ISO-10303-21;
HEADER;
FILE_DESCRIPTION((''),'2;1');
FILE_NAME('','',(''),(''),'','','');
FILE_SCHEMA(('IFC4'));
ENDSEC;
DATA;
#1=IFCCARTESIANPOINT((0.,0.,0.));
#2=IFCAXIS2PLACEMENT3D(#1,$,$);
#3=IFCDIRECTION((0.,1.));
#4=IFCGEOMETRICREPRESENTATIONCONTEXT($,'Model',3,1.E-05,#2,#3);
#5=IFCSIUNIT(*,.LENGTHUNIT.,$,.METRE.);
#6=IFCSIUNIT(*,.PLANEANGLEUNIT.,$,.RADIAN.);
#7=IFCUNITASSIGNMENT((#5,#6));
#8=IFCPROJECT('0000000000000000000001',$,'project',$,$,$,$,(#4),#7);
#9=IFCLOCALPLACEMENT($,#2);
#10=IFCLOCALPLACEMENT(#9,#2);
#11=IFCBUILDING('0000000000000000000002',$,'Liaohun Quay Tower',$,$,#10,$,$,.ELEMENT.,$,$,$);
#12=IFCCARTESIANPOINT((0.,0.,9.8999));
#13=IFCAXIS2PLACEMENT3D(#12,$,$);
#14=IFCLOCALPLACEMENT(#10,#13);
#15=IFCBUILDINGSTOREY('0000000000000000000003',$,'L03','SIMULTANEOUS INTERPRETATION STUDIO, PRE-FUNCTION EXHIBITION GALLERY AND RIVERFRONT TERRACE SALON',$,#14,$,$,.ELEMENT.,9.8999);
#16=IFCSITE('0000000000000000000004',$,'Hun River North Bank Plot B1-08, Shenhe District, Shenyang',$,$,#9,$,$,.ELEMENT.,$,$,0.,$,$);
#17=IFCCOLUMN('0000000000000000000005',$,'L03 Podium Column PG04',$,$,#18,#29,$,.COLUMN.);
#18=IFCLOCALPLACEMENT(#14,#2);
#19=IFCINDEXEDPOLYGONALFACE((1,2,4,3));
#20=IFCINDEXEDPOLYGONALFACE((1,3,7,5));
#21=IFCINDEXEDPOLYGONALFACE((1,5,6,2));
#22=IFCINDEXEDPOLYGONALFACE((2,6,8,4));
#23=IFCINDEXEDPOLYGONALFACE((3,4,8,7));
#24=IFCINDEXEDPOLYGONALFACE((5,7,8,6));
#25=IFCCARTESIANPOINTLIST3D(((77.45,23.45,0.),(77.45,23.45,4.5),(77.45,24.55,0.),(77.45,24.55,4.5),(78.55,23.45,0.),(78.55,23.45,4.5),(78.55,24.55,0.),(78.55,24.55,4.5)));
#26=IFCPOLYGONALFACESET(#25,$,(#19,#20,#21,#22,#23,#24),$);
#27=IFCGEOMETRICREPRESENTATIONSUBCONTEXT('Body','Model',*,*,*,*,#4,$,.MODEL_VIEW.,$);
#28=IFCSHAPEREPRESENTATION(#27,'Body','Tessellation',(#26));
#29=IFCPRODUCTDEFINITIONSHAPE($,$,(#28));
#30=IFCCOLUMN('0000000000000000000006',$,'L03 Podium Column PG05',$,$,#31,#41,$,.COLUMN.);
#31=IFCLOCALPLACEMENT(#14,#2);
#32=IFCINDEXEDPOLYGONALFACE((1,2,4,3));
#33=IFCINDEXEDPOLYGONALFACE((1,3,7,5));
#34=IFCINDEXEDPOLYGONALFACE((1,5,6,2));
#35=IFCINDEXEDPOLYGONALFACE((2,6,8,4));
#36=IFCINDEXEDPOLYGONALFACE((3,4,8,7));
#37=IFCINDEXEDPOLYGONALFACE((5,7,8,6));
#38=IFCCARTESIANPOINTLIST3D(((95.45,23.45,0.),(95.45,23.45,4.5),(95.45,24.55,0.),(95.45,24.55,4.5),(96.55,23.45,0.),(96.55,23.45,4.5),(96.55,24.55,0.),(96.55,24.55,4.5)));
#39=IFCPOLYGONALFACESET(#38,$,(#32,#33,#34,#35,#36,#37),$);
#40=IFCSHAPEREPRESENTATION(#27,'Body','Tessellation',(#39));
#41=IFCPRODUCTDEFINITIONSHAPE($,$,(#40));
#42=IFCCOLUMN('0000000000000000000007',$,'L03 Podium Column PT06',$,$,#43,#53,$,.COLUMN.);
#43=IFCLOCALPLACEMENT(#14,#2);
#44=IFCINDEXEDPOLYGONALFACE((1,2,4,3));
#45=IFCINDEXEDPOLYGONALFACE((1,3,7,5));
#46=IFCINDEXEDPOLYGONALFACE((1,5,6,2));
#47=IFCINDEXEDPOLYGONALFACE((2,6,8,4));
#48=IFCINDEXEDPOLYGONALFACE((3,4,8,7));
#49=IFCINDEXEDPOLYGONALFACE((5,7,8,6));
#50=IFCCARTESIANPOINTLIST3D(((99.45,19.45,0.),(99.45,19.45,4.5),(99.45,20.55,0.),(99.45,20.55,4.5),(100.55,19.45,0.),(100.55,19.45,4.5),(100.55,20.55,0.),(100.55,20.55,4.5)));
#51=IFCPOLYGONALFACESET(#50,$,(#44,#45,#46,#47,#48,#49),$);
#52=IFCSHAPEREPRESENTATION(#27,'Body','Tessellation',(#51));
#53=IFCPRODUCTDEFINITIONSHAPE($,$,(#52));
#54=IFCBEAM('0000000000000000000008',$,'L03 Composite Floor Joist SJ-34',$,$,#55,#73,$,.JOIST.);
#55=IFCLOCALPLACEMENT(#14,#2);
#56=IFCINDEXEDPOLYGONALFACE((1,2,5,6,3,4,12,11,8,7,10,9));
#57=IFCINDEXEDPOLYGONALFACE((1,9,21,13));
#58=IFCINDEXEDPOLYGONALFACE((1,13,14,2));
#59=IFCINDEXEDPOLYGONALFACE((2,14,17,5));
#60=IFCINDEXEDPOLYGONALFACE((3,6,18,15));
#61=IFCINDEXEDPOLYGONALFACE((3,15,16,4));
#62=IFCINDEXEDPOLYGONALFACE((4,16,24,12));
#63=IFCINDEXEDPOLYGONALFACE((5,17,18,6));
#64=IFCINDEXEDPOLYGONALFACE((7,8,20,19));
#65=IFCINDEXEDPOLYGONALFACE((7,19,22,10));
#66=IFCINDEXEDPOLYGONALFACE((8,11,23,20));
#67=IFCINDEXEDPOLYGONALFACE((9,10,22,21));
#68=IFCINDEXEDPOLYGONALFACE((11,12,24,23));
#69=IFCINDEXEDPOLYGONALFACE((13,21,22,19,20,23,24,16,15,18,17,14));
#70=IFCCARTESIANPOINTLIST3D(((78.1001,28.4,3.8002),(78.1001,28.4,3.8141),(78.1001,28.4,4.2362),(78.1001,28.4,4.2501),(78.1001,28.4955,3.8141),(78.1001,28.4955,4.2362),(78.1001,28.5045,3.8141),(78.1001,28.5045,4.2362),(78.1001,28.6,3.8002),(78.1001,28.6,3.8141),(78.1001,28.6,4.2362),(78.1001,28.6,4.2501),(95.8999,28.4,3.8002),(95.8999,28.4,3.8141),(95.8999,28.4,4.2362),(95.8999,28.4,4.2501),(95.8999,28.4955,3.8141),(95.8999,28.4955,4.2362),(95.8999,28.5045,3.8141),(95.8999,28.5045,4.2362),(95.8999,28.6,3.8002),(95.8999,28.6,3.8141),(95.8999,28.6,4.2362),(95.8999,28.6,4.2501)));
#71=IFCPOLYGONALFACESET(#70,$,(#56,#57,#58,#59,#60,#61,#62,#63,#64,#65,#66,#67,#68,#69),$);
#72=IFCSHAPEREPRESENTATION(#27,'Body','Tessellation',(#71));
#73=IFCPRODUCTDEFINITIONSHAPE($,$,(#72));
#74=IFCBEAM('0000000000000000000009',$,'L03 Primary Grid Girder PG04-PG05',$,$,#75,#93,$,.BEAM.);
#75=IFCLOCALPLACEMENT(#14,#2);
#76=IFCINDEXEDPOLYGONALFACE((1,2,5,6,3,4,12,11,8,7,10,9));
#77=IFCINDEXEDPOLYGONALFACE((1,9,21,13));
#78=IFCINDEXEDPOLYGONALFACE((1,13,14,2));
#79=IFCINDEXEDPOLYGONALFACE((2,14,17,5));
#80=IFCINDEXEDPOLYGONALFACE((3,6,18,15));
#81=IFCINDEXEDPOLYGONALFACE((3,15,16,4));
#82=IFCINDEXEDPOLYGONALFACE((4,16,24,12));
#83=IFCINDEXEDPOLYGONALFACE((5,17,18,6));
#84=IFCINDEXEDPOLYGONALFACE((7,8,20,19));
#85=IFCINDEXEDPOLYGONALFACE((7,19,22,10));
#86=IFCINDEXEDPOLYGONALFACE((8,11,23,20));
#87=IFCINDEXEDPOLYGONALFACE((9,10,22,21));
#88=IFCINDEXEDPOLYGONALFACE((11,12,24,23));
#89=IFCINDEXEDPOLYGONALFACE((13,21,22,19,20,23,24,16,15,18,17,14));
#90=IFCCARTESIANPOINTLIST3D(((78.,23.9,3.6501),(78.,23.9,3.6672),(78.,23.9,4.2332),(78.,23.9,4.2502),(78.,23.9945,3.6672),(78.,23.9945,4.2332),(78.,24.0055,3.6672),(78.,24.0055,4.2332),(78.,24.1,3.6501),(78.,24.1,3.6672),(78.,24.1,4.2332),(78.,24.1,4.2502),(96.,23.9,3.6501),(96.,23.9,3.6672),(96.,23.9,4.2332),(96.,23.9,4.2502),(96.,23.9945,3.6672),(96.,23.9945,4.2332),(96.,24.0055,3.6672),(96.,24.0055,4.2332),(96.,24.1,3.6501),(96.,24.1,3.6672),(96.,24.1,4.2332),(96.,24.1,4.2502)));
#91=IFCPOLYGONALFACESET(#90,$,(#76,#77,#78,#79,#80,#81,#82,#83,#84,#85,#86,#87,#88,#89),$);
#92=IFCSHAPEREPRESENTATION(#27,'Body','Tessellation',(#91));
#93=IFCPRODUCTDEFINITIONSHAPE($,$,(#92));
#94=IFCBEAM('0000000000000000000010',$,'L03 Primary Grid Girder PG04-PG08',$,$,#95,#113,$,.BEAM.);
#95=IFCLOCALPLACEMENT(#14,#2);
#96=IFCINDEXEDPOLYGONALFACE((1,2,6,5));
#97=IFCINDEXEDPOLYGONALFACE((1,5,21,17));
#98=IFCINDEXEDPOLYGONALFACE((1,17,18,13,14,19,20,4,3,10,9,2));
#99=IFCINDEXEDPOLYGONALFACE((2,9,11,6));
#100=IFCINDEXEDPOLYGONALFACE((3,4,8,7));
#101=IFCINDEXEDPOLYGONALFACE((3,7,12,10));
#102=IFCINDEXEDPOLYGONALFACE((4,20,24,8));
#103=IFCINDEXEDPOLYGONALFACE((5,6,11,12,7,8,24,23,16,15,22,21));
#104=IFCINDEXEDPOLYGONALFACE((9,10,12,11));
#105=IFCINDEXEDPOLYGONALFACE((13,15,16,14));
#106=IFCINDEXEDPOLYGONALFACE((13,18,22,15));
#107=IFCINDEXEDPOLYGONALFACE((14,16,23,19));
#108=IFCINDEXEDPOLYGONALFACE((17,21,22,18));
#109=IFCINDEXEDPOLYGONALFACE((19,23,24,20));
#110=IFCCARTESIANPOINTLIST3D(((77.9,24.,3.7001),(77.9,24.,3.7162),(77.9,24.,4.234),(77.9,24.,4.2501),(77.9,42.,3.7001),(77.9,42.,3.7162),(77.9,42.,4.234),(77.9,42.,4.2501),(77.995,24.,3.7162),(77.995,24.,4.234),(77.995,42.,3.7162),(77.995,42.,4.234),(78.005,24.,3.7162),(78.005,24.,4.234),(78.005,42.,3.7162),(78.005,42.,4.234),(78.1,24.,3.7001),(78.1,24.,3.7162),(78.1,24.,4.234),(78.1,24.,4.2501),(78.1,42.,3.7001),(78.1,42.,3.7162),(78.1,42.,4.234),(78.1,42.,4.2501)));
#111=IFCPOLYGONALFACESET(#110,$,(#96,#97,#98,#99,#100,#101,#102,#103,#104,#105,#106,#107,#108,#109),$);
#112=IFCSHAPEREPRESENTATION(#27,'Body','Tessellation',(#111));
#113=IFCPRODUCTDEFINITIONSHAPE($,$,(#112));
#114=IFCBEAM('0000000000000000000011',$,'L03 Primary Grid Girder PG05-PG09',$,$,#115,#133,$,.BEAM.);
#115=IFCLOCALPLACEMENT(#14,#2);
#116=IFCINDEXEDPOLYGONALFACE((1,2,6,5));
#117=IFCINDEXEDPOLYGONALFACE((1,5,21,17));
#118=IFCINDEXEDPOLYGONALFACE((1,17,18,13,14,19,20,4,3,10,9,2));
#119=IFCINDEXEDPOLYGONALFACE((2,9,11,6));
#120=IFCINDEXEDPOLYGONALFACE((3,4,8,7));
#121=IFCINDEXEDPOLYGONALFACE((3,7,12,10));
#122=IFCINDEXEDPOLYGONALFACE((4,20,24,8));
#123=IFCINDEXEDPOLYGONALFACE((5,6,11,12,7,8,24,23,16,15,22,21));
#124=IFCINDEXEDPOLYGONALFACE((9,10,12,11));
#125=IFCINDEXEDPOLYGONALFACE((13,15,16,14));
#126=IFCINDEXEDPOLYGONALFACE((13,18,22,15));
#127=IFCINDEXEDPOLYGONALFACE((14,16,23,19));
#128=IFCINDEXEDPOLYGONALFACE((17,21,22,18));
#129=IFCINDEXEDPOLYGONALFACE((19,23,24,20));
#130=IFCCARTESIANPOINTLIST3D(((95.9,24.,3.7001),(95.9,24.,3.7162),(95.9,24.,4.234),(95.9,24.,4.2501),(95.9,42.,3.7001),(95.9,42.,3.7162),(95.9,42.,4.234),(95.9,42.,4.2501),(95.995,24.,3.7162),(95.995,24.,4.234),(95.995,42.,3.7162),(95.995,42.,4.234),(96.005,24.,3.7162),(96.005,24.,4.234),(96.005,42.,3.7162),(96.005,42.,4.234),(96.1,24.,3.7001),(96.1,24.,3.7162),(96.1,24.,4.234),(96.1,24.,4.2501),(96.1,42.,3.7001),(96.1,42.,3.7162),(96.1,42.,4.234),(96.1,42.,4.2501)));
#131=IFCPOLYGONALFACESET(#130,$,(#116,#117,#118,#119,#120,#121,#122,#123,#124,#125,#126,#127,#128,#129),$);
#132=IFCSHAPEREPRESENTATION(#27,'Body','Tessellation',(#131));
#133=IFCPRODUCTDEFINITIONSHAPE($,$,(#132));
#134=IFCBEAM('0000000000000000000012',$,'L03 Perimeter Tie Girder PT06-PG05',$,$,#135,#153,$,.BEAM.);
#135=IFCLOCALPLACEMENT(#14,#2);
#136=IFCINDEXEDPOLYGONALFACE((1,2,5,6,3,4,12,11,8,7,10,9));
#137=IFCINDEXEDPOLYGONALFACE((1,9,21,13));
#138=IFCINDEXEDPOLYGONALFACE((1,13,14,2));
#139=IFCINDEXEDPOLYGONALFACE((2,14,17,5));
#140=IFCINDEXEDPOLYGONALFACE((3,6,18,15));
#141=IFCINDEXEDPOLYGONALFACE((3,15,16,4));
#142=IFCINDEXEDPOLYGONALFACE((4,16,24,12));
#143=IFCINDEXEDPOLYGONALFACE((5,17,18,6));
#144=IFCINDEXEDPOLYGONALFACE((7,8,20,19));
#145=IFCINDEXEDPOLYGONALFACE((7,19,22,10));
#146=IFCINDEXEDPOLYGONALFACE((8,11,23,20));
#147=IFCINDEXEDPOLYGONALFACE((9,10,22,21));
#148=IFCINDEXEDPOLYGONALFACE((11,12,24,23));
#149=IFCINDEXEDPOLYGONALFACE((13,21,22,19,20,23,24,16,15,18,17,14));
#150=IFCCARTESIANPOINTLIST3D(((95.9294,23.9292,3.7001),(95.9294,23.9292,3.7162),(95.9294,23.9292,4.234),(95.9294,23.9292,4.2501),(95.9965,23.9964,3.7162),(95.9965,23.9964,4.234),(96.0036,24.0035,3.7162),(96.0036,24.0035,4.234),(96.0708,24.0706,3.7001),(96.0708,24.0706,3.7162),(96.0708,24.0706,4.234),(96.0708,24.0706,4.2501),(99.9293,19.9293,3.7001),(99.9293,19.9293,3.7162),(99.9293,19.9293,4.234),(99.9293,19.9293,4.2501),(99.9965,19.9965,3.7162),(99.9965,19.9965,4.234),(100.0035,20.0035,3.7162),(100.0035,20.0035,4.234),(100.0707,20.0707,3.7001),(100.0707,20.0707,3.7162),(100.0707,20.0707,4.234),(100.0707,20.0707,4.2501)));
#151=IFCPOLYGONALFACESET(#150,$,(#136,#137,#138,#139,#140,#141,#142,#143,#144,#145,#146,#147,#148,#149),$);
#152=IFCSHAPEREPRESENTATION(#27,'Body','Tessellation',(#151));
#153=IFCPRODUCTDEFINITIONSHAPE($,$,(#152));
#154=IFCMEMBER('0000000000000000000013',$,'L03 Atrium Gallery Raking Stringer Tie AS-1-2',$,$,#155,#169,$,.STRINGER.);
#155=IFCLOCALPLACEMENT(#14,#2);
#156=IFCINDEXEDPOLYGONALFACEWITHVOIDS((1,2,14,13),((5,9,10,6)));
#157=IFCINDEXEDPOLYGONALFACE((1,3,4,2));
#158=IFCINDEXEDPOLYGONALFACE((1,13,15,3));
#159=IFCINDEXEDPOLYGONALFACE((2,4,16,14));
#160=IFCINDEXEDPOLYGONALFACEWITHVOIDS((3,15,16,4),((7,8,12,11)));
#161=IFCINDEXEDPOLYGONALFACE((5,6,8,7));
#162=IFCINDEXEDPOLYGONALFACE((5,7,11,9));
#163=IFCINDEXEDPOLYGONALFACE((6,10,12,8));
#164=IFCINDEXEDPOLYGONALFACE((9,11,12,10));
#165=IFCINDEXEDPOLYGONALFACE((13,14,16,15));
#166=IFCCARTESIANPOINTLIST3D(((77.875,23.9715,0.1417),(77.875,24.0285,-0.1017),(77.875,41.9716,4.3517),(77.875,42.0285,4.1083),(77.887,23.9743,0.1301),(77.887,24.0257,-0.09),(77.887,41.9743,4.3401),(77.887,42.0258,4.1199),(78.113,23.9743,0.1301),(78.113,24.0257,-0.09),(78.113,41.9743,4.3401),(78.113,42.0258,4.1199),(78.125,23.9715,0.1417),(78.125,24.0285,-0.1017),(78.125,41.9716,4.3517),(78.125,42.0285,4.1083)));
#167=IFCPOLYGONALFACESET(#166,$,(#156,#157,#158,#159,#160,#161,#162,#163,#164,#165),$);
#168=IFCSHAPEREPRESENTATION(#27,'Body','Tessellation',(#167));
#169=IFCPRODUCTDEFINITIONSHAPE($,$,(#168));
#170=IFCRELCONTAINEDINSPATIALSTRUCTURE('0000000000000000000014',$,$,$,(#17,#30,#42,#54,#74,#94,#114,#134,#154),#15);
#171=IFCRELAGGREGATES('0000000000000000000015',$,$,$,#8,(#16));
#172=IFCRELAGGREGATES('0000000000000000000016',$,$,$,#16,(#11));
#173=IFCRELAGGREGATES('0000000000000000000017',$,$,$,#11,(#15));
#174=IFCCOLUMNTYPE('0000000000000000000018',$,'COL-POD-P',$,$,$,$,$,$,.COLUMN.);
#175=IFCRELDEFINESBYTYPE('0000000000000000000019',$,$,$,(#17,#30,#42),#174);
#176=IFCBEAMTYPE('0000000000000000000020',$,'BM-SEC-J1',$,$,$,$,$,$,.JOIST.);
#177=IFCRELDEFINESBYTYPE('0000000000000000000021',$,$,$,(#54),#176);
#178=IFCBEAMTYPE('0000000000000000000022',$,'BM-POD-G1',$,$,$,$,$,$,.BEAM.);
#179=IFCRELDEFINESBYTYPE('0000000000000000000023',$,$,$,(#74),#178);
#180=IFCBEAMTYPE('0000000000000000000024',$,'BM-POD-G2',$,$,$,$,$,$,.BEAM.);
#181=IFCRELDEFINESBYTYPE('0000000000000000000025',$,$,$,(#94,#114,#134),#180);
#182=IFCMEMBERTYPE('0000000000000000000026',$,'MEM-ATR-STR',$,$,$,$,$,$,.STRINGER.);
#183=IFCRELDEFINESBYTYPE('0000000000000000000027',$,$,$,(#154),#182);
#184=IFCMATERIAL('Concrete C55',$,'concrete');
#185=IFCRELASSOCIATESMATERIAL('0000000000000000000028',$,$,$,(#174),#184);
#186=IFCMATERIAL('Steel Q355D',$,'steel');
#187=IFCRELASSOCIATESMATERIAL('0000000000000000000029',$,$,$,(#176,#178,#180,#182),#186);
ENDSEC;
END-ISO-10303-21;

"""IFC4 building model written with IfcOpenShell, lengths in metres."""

from ifc_helpers import new_model, si_unit, direction, frame, origin, origin_2d, place, context, subcontext, project, spatial, rectangle, hollow_rectangle, i_section, extrude, source, transform, mapped, material, material_profile, profile_set, type_object, element, save


model = new_model("IFC4")

# Units and contexts
model_context = context("Model", 3, precision=1e-05, world=origin(), true_north=direction((0.0, 1.0)))
body_context = subcontext(model_context, "Body", "Model", "MODEL_VIEW")
ifc_project = project(units=[si_unit("LENGTHUNIT", "METRE"), si_unit("PLANEANGLEUNIT", "RADIAN")], contexts=[model_context])

# Site, building, storey
site_placement = place(None, origin())
site = spatial("IfcSite", under=ifc_project, at=site_placement, Name="Hun River North Bank Plot B1-08, Shenhe District, Shenyang", CompositionType="ELEMENT", RefElevation=0.0)
building_placement = place(site_placement, origin())
building = spatial("IfcBuilding", under=site, at=building_placement, Name="Liaohun Quay Tower", CompositionType="ELEMENT")
storey_placement = place(building_placement, frame((0.0, 0.0, 9.8999)))
storey = spatial("IfcBuildingStorey", under=building, at=storey_placement, Name="L03", Description="SIMULTANEOUS INTERPRETATION STUDIO, PRE-FUNCTION EXHIBITION GALLERY AND RIVERFRONT TERRACE SALON", CompositionType="ELEMENT", Elevation=9.8999)

# Columns
ifc_material_1 = material(Name="Concrete C55", Category="concrete")
ifc_material_profile_1 = material_profile(ifc_material_1, rectangle(XDim=1.1001, YDim=1.1001, at=origin_2d()), Name="RC1100x1100")
ifc_profile_set_1 = profile_set([ifc_material_profile_1], Name="Concrete C55")
column_type = type_object("IfcColumnType", Name="COL-POD-P", PredefinedType="COLUMN", material=ifc_profile_set_1)
shared_shape_1 = source(origin(), body_context, "Body", "SweptSolid", [
    extrude(rectangle(XDim=1.1001, YDim=1.1001, at=origin_2d()), origin(), (0.0, 0.0, 1.0), 4.5),
])
for number, where, z_axis, x_axis, name in (
    (1, (78.0, 24.0, 0.0), (0.0, 0.0, 1.0), (1.0, 0.0, 0.0), "L03 Podium Column PG04"),
    (2, (96.0, 24.0, 0.0), (0.0, 0.0, 1.0), (1.0, 0.0, 0.0), "L03 Podium Column PG05"),
    (3, (100.0, 20.0, 0.0), (0.0, 0.0, 1.0), (1.0, 0.0, 0.0), "L03 Podium Column PT06"),
):
    element("IfcColumn", number, at=place(storey_placement, frame(where, z_axis=z_axis, x_axis=x_axis)), inside=storey, type_object=column_type, Name=name, PredefinedType="COLUMN", context=body_context, shape_type="MappedRepresentation", body=[
        mapped(shared_shape_1, transform((0.0, 0.0, 0.0), x_axis=(1.0, 0.0, 0.0), y_axis=(0.0, 1.0, 0.0), z_axis=(0.0, 0.0, 1.0), scale=1.0)),
    ])

# Beams
ifc_material_2 = material(Name="Steel Q355D", Category="steel")
ifc_material_profile_2 = material_profile(ifc_material_2, i_section(OverallWidth=0.2, OverallDepth=0.45, WebThickness=0.009, FlangeThickness=0.0139, at=origin_2d()), Name="HN450x200x9x14")
ifc_profile_set_2 = profile_set([ifc_material_profile_2], Name="Steel Q355D")
beam_type_1 = type_object("IfcBeamType", Name="BM-SEC-J1", PredefinedType="JOIST", material=ifc_profile_set_2)
shared_shape_2 = source(origin(), body_context, "Body", "SweptSolid", [
    extrude(i_section(OverallWidth=0.2, OverallDepth=0.45, WebThickness=0.009, FlangeThickness=0.0139, at=origin_2d()), origin(), (0.0, 0.0, 1.0), 17.7998),
])
beam_1_placement = place(storey_placement, frame((78.1001, 28.5, 4.0251), z_axis=(1.0, 0.0, 0.0), x_axis=(0.0, 1.0, 0.0)))
element("IfcBeam", 4, at=beam_1_placement, inside=storey, type_object=beam_type_1, Name="L03 Composite Floor Joist SJ-34", PredefinedType="JOIST", context=body_context, shape_type="MappedRepresentation", body=[
    mapped(shared_shape_2, transform((0.0, 0.0, 0.0), x_axis=(1.0, 0.0, 0.0), y_axis=(0.0, 1.0, 0.0), z_axis=(0.0, 0.0, 1.0), scale=1.0)),
])
ifc_material_profile_3 = material_profile(ifc_material_2, i_section(OverallWidth=0.2, OverallDepth=0.6001, WebThickness=0.011, FlangeThickness=0.0171, at=origin_2d()), Name="HN600x200x11x17")
ifc_profile_set_3 = profile_set([ifc_material_profile_3], Name="Steel Q355D")
beam_type_2 = type_object("IfcBeamType", Name="BM-POD-G1", PredefinedType="BEAM", material=ifc_profile_set_3)
shared_shape_3 = source(origin(), body_context, "Body", "SweptSolid", [
    extrude(i_section(OverallWidth=0.2, OverallDepth=0.6001, WebThickness=0.011, FlangeThickness=0.0171, at=origin_2d()), origin(), (0.0, 0.0, 1.0), 18.0),
])
beam_2_placement = place(storey_placement, frame((78.0, 24.0, 3.9502), z_axis=(1.0, 0.0, 0.0), x_axis=(0.0, 1.0, 0.0)))
element("IfcBeam", 5, at=beam_2_placement, inside=storey, type_object=beam_type_2, Name="L03 Primary Grid Girder PG04-PG05", PredefinedType="BEAM", context=body_context, shape_type="MappedRepresentation", body=[
    mapped(shared_shape_3, transform((0.0, 0.0, 0.0), x_axis=(1.0, 0.0, 0.0), y_axis=(0.0, 1.0, 0.0), z_axis=(0.0, 0.0, 1.0), scale=1.0)),
])
ifc_material_profile_4 = material_profile(ifc_material_2, i_section(OverallWidth=0.2, OverallDepth=0.55, WebThickness=0.01, FlangeThickness=0.0161, at=origin_2d()), Name="HN550x200x10x16")
ifc_profile_set_4 = profile_set([ifc_material_profile_4], Name="Steel Q355D")
beam_type_3 = type_object("IfcBeamType", Name="BM-POD-G2", PredefinedType="BEAM", material=ifc_profile_set_4)
shared_shape_4 = source(origin(), body_context, "Body", "SweptSolid", [
    extrude(i_section(OverallWidth=0.2, OverallDepth=0.55, WebThickness=0.01, FlangeThickness=0.0161, at=origin_2d()), origin(), (0.0, 0.0, 1.0), 18.0),
])
for number, where, z_axis, x_axis, name in (
    (6, (78.0, 24.0, 3.9751), (0.0, 1.0, 0.0), (-1.0, 0.0, 0.0), "L03 Primary Grid Girder PG04-PG08"),
    (7, (96.0, 24.0, 3.9751), (0.0, 1.0, 0.0), (-1.0, 0.0, 0.0), "L03 Primary Grid Girder PG05-PG09"),
):
    element("IfcBeam", number, at=place(storey_placement, frame(where, z_axis=z_axis, x_axis=x_axis)), inside=storey, type_object=beam_type_3, Name=name, PredefinedType="BEAM", context=body_context, shape_type="MappedRepresentation", body=[
        mapped(shared_shape_4, transform((0.0, 0.0, 0.0), x_axis=(1.0, 0.0, 0.0), y_axis=(0.0, 1.0, 0.0), z_axis=(0.0, 0.0, 1.0), scale=1.0)),
    ])
shared_shape_5 = source(origin(), body_context, "Body", "SweptSolid", [
    extrude(i_section(OverallWidth=0.2, OverallDepth=0.55, WebThickness=0.01, FlangeThickness=0.0161, at=origin_2d()), origin(), (0.0, 0.0, 1.0), 5.6567),
])
beam_3_placement = place(storey_placement, frame((100.0, 20.0, 3.9751), z_axis=(-0.707107, 0.707107, 0.0), x_axis=(-0.707107, -0.707107, 0.0)))
element("IfcBeam", 8, at=beam_3_placement, inside=storey, type_object=beam_type_3, Name="L03 Perimeter Tie Girder PT06-PG05", PredefinedType="BEAM", context=body_context, shape_type="MappedRepresentation", body=[
    mapped(shared_shape_5, transform((0.0, 0.0, 0.0), x_axis=(1.0, 0.0, 0.0), y_axis=(0.0, 1.0, 0.0), z_axis=(0.0, 0.0, 1.0), scale=1.0)),
])

# Member
ifc_material_profile_5 = material_profile(ifc_material_2, hollow_rectangle(XDim=0.25, YDim=0.25, WallThickness=0.012, at=origin_2d()), Name="SHS250x250x12")
ifc_profile_set_5 = profile_set([ifc_material_profile_5], Name="Steel Q355D")
member_type = type_object("IfcMemberType", Name="MEM-ATR-STR", PredefinedType="STRINGER", material=ifc_profile_set_5)
shared_shape_6 = source(origin(), body_context, "Body", "SweptSolid", [
    extrude(hollow_rectangle(XDim=0.25, YDim=0.25, WallThickness=0.012, at=origin_2d()), origin(), (0.0, 0.0, 1.0), 18.4858),
])
member_placement = place(storey_placement, frame((78.0, 24.0, 0.02), z_axis=(0.0, 0.973722, 0.227741), x_axis=(-1.0, 0.0, 0.0)))
element("IfcMember", 9, at=member_placement, inside=storey, type_object=member_type, Name="L03 Atrium Gallery Raking Stringer Tie AS-1-2", PredefinedType="STRINGER", context=body_context, shape_type="MappedRepresentation", body=[
    mapped(shared_shape_6, transform((0.0, 0.0, 0.0), x_axis=(1.0, 0.0, 0.0), y_axis=(0.0, 1.0, 0.0), z_axis=(0.0, 0.0, 1.0), scale=1.0)),
])

save(model, "model.ifc")
